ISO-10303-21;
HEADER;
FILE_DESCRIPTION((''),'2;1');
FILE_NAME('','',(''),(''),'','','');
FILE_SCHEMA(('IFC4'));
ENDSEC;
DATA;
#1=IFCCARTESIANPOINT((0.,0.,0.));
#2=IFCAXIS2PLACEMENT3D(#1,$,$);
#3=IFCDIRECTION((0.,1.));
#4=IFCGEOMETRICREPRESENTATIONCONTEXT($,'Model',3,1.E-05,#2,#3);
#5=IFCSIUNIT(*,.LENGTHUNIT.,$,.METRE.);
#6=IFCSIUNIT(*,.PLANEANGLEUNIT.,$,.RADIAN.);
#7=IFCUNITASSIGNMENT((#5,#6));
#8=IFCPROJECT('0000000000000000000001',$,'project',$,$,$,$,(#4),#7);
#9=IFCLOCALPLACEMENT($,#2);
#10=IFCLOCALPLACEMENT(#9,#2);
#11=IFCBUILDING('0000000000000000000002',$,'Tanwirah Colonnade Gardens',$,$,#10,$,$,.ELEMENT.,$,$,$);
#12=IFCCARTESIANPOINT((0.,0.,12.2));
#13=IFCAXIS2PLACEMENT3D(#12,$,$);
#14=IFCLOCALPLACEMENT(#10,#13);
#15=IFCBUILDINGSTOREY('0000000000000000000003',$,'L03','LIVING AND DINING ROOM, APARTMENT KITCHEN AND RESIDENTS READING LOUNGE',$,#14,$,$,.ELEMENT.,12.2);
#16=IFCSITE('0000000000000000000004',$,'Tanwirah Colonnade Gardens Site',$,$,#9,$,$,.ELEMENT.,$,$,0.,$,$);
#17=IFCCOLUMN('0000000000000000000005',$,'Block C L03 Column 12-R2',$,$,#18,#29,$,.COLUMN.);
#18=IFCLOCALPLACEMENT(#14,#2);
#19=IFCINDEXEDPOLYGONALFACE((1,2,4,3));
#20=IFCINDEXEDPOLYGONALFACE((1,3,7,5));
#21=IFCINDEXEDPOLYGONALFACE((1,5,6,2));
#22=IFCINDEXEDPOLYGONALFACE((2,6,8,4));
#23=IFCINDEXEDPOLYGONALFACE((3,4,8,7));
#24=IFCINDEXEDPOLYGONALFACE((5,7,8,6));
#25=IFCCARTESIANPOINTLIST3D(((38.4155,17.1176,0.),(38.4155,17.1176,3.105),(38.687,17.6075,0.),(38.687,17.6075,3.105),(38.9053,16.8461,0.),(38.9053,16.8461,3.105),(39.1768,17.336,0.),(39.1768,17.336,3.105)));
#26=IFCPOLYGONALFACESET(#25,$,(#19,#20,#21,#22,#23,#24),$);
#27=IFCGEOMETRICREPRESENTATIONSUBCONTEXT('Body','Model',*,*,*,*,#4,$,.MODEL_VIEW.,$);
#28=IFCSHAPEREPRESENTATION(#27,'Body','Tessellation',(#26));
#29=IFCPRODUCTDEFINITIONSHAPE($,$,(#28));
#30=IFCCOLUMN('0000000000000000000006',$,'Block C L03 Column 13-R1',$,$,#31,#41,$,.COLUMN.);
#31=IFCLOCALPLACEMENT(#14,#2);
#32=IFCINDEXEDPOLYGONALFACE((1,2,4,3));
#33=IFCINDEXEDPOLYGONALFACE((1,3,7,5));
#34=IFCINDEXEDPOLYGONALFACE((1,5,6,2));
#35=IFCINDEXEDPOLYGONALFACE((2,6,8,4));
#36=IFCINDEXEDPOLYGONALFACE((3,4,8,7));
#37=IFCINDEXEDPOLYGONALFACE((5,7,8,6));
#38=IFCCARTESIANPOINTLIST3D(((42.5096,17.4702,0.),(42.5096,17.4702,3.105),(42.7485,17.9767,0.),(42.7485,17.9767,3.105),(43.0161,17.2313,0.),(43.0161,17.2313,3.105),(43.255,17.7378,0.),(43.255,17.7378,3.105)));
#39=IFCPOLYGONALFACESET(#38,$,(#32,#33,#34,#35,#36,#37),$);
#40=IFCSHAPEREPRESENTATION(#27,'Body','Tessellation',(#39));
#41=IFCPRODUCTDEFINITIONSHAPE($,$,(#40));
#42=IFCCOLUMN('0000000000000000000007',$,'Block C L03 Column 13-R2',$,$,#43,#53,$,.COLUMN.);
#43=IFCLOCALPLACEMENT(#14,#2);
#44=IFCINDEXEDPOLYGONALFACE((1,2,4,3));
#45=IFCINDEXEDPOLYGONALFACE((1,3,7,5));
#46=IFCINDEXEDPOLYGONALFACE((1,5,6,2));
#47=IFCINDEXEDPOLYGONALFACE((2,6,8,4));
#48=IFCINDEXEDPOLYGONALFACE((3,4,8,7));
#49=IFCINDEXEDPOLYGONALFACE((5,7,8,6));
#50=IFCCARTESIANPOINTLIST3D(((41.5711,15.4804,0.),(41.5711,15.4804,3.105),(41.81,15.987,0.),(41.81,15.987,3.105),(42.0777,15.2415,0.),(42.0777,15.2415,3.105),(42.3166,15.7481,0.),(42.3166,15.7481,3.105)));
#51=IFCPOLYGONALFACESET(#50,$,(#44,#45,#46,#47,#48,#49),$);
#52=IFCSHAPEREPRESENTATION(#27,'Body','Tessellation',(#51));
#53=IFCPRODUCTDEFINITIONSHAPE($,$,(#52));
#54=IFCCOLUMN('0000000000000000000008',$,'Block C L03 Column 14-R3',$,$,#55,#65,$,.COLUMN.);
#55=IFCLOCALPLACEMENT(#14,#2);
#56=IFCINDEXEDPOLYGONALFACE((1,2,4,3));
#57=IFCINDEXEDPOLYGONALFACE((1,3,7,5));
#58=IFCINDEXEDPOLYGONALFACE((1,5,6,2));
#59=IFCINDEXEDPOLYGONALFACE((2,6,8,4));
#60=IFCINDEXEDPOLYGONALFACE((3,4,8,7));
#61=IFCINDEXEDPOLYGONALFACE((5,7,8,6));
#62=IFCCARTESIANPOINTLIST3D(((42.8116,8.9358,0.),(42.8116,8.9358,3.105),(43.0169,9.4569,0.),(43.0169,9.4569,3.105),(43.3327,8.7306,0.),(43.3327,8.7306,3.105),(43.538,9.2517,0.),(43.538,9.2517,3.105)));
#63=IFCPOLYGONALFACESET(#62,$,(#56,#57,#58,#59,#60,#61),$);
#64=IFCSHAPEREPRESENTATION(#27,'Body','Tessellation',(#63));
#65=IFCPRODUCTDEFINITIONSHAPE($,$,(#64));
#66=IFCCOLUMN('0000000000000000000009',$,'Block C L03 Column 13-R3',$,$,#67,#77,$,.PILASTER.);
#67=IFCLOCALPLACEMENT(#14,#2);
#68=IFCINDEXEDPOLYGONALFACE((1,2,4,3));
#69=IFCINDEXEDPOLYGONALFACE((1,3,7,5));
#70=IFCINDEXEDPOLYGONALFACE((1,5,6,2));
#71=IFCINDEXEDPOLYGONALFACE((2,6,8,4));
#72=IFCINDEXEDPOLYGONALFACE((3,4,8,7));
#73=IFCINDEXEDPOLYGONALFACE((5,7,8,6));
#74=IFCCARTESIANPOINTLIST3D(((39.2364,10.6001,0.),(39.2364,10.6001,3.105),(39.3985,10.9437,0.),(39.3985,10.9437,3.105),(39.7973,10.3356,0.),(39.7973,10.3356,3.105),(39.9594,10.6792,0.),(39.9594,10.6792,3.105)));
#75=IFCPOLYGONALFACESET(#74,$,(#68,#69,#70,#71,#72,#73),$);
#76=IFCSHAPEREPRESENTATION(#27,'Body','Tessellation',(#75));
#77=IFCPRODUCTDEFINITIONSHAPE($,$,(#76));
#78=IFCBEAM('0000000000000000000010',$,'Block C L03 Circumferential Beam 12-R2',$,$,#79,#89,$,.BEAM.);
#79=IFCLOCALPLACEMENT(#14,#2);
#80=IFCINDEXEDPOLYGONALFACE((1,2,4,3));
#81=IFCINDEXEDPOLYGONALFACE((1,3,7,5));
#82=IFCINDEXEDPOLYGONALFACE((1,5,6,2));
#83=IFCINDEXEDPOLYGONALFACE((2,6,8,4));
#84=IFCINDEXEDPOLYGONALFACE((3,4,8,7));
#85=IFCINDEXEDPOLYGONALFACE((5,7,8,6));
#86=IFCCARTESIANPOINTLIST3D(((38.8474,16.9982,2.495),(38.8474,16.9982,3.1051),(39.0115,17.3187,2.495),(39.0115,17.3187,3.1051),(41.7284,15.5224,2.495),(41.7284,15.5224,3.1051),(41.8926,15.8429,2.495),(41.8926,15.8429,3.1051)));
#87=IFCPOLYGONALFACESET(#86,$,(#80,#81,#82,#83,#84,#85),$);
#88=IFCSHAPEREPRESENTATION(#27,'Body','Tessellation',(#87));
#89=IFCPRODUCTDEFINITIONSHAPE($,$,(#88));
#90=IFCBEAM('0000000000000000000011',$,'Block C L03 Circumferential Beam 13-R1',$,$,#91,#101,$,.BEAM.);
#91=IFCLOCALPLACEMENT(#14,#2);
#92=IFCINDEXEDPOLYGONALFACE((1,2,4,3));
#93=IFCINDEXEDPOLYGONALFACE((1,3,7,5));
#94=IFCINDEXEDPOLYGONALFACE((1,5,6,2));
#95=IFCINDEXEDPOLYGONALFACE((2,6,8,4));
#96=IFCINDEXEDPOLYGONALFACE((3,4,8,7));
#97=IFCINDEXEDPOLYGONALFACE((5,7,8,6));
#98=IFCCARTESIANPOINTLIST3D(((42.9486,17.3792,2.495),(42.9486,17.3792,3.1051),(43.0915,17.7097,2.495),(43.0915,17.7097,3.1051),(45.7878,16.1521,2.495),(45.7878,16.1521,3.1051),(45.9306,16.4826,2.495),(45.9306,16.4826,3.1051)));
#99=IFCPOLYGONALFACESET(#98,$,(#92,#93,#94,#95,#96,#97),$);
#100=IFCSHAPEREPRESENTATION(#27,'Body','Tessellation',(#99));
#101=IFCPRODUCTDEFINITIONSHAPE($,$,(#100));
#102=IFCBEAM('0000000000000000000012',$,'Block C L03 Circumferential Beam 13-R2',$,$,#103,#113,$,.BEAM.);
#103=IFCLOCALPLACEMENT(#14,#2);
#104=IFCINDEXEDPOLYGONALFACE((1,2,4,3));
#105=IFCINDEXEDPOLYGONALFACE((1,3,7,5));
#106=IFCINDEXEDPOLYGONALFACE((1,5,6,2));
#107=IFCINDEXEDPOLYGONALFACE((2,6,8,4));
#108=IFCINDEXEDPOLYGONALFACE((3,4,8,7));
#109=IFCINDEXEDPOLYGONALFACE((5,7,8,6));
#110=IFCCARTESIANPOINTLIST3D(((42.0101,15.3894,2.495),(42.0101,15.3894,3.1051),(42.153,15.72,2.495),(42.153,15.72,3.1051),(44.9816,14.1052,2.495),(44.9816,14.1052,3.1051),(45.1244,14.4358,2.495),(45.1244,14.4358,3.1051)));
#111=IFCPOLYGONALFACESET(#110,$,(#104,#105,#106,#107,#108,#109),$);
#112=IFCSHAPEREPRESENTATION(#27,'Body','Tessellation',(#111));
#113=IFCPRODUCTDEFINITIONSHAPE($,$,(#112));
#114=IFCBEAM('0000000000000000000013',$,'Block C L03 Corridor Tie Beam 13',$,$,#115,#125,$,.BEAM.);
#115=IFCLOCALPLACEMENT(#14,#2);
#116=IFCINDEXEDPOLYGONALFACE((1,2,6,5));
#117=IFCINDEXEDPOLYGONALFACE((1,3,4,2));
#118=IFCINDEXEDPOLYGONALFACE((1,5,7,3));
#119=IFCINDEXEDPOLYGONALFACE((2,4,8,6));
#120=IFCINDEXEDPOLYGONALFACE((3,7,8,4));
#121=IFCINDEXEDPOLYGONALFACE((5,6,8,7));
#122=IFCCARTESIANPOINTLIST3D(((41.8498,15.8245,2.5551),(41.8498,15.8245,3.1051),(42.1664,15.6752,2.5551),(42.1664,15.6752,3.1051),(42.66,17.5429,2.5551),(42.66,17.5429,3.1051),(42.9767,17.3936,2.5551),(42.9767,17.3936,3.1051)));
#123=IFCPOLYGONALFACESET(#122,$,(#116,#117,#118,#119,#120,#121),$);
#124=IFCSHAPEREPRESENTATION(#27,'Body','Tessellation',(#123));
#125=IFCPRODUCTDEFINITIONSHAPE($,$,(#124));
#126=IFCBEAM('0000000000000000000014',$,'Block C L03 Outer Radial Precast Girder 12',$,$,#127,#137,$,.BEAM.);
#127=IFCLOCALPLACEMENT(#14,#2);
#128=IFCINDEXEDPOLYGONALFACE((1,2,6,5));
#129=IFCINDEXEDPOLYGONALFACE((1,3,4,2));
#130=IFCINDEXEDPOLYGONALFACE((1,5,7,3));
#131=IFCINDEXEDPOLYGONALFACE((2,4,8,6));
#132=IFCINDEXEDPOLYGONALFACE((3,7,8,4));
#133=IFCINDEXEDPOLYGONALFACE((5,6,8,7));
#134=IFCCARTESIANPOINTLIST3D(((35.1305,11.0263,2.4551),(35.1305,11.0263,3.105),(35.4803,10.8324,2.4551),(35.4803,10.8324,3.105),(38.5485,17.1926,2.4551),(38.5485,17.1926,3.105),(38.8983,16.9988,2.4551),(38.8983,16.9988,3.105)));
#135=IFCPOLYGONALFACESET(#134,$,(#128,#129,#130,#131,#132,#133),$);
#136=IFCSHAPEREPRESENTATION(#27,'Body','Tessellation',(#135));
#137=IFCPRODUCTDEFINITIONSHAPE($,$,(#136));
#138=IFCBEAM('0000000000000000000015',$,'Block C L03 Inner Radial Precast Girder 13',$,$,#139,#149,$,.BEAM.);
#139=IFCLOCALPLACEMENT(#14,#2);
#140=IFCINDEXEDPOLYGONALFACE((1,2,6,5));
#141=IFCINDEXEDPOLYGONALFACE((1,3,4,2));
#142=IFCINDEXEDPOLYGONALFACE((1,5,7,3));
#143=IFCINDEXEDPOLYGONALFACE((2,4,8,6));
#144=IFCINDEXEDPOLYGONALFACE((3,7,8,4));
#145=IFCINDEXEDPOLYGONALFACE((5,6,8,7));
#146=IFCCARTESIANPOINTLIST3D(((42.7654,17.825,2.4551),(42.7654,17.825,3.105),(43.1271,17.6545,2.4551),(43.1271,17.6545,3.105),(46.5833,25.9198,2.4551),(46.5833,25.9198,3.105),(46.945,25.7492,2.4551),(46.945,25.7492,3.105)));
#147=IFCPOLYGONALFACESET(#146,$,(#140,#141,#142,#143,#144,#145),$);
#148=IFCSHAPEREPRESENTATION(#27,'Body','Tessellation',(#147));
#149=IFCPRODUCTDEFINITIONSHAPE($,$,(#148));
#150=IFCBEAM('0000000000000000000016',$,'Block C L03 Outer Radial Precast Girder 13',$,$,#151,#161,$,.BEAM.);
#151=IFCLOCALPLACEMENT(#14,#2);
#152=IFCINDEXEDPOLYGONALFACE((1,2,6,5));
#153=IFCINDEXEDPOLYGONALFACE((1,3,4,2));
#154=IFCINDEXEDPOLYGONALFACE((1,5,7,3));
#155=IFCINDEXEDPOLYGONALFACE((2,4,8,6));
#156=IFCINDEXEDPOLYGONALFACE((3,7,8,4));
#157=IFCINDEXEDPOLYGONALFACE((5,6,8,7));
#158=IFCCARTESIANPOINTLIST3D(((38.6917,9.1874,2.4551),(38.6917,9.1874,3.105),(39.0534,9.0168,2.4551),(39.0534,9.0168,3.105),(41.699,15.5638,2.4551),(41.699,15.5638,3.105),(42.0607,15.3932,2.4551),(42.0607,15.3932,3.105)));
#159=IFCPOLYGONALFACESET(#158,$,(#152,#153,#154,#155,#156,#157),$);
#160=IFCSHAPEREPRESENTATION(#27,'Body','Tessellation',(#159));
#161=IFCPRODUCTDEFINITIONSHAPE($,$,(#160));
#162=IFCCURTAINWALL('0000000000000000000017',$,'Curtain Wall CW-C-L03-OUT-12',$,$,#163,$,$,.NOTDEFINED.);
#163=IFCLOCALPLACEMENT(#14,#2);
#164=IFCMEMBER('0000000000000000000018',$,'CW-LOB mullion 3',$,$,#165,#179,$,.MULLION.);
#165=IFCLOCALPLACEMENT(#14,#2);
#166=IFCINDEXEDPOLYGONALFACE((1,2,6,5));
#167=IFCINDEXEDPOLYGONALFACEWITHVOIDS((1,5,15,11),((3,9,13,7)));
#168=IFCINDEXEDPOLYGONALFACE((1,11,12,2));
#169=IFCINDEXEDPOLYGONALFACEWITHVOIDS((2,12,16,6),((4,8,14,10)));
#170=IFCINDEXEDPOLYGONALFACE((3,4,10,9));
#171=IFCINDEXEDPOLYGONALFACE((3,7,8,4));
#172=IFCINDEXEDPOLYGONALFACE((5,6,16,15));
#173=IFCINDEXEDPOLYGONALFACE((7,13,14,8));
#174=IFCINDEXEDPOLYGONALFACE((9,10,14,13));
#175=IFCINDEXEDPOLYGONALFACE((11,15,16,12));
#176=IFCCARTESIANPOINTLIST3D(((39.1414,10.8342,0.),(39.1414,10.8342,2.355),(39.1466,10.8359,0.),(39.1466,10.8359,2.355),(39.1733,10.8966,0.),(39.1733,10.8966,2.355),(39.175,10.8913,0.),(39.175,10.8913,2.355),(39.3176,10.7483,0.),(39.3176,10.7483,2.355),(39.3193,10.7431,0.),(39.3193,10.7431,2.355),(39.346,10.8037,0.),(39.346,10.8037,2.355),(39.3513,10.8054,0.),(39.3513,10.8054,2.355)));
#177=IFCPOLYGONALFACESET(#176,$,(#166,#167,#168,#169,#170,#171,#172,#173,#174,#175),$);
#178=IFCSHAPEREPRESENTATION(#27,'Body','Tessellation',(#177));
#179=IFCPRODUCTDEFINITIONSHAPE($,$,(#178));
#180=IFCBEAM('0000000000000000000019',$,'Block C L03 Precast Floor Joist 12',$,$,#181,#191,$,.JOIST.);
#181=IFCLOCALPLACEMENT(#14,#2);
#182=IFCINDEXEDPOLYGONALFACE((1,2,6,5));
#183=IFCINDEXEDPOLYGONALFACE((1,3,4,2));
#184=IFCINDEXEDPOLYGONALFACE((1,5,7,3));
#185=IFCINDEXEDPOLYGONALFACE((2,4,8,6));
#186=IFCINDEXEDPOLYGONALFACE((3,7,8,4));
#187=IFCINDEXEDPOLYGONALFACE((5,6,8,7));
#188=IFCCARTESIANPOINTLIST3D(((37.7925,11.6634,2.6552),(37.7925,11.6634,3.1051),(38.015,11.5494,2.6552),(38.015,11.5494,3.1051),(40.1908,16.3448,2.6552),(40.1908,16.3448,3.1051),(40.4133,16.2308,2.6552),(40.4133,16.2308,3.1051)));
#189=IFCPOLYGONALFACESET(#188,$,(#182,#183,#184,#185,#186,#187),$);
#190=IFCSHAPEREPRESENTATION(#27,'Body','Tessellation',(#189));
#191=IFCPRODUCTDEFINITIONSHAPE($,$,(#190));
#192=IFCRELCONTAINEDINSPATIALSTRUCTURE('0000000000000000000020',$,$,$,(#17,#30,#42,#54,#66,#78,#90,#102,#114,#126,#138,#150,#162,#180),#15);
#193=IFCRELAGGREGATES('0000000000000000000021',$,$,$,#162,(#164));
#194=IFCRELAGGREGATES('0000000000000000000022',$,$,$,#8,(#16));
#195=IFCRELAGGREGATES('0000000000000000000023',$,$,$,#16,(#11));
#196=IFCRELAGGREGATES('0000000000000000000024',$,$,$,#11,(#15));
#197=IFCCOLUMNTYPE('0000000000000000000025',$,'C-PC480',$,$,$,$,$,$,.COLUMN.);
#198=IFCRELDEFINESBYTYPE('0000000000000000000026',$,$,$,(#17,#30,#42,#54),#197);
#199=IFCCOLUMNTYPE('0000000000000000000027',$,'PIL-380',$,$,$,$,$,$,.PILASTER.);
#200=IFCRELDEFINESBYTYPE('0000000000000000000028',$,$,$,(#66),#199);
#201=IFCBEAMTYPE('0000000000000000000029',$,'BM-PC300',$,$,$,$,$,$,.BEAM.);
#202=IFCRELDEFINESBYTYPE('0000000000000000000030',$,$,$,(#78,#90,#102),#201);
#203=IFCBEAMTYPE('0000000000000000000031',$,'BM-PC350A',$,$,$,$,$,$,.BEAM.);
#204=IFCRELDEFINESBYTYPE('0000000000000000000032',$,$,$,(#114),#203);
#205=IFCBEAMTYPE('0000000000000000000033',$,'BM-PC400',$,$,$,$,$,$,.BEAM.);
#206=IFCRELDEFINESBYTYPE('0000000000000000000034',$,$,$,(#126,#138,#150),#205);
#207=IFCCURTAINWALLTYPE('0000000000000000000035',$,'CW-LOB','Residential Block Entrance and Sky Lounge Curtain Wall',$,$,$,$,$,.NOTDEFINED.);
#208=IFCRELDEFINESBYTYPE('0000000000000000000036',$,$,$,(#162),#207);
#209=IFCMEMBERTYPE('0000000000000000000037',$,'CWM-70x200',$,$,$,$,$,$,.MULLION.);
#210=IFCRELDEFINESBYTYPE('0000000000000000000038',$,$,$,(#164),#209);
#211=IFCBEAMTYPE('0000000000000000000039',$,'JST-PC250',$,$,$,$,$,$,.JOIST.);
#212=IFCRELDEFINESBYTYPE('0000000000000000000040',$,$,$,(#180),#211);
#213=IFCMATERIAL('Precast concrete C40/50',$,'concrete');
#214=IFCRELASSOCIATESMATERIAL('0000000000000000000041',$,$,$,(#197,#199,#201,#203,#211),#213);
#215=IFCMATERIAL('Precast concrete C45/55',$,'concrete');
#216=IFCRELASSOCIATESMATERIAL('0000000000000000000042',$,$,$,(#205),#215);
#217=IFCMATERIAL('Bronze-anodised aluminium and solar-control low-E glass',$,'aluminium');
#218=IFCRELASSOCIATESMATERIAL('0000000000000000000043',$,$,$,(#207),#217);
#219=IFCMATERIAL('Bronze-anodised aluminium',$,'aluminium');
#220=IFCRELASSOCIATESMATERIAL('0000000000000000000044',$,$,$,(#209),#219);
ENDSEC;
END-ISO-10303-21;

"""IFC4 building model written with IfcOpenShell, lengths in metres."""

from ifc_helpers import new_model, si_unit, direction, frame, origin, origin_2d, place, context, subcontext, project, spatial, rectangle, hollow_rectangle, extrude, material, material_profile, profile_set, type_object, element, aggregate, save


model = new_model("IFC4")

# Units and contexts
model_context = context("Model", 3, precision=1e-05, world=origin(), true_north=direction((0.0, 1.0)))
body_context = subcontext(model_context, "Body", "Model", "MODEL_VIEW")
ifc_project = project(units=[si_unit("LENGTHUNIT", "METRE"), si_unit("PLANEANGLEUNIT", "RADIAN")], contexts=[model_context])

# Site, building, storey
site_placement = place(None, origin())
site = spatial("IfcSite", under=ifc_project, at=site_placement, Name="Tanwirah Colonnade Gardens Site", CompositionType="ELEMENT", RefElevation=0.0)
building_placement = place(site_placement, origin())
building = spatial("IfcBuilding", under=site, at=building_placement, Name="Tanwirah Colonnade Gardens", CompositionType="ELEMENT")
storey_placement = place(building_placement, frame((0.0, 0.0, 12.2)))
storey = spatial("IfcBuildingStorey", under=building, at=storey_placement, Name="L03", Description="LIVING AND DINING ROOM, APARTMENT KITCHEN AND RESIDENTS READING LOUNGE", CompositionType="ELEMENT", Elevation=12.2)

# Columns
ifc_material_1 = material(Name="Precast concrete C40/50", Category="concrete")
ifc_material_profile_1 = material_profile(ifc_material_1, rectangle(XDim=0.5601, YDim=0.5601, at=origin_2d()), Name="PC-COL 560x560")
ifc_profile_set_1 = profile_set([ifc_material_profile_1], Name="Precast concrete C40/50")
column_type_1 = type_object("IfcColumnType", Name="C-PC480", PredefinedType="COLUMN", material=ifc_profile_set_1)
for number, where, z_axis, x_axis, name in (
    (1, (38.7961, 17.2268, 0.0), (0.0, 0.0, 1.0), (-0.48481, -0.87462, 0.0), "Block C L03 Column 12-R2"),
    (2, (42.8823, 17.604, 0.0), (0.0, 0.0, 1.0), (-0.426569, -0.904455, 0.0), "Block C L03 Column 13-R1"),
    (3, (41.9438, 15.6143, 0.0), (0.0, 0.0, 1.0), (-0.426569, -0.904455, 0.0), "Block C L03 Column 13-R2"),
    (4, (43.1748, 9.0938, 0.0), (0.0, 0.0, 1.0), (-0.366501, -0.930418, 0.0), "Block C L03 Column 14-R3"),
):
    element("IfcColumn", number, at=place(storey_placement, frame(where, z_axis=z_axis, x_axis=x_axis)), inside=storey, type_object=column_type_1, Name=name, PredefinedType="COLUMN", context=body_context, shape_type="SweptSolid", body=[
        extrude(rectangle(XDim=0.5601, YDim=0.5601, at=origin_2d()), origin(), (0.0, 0.0, 1.0), 3.105),
    ])
ifc_material_profile_2 = material_profile(ifc_material_1, rectangle(XDim=0.3799, YDim=0.6201, at=origin_2d()), Name="PC-PIL 380x620")
ifc_profile_set_2 = profile_set([ifc_material_profile_2], Name="Precast concrete C40/50")
column_type_2 = type_object("IfcColumnType", Name="PIL-380", PredefinedType="PILASTER", material=ifc_profile_set_2)
column_placement = place(storey_placement, frame((39.5979, 10.6396, 0.0), z_axis=(0.0, 0.0, 1.0), x_axis=(-0.426569, -0.904455, 0.0)))
element("IfcColumn", 5, at=column_placement, inside=storey, type_object=column_type_2, Name="Block C L03 Column 13-R3", PredefinedType="PILASTER", context=body_context, shape_type="SweptSolid", body=[
    extrude(rectangle(XDim=0.3799, YDim=0.6201, at=origin_2d()), origin(), (0.0, 0.0, 1.0), 3.105),
])

# Beams
ifc_material_profile_3 = material_profile(ifc_material_1, rectangle(XDim=0.3601, YDim=0.6101, at=origin_2d()), Name="PC-BM 360x610")
ifc_profile_set_3 = profile_set([ifc_material_profile_3], Name="Precast concrete C40/50")
beam_type_1 = type_object("IfcBeamType", Name="BM-PC300", PredefinedType="BEAM", material=ifc_profile_set_3)
beam_1_placement = place(storey_placement, frame((38.9294, 17.1584, 2.8), z_axis=(0.890025, -0.455911, 0.0), x_axis=(0.455911, 0.890025, 0.0)))
element("IfcBeam", 6, at=beam_1_placement, inside=storey, type_object=beam_type_1, Name="Block C L03 Circumferential Beam 12-R2", PredefinedType="BEAM", context=body_context, shape_type="SweptSolid", body=[
    extrude(rectangle(XDim=0.3601, YDim=0.6101, at=origin_2d()), origin(), (0.0, 0.0, 1.0), 3.2371),
])
beam_2_placement = place(storey_placement, frame((43.02, 17.5444, 2.8), z_axis=(0.917936, -0.396728, 0.0), x_axis=(0.396728, 0.917936, 0.0)))
element("IfcBeam", 7, at=beam_2_placement, inside=storey, type_object=beam_type_1, Name="Block C L03 Circumferential Beam 13-R1", PredefinedType="BEAM", context=body_context, shape_type="SweptSolid", body=[
    extrude(rectangle(XDim=0.3601, YDim=0.6101, at=origin_2d()), origin(), (0.0, 0.0, 1.0), 3.093),
])
beam_3_placement = place(storey_placement, frame((42.0815, 15.5547, 2.8), z_axis=(0.917943, -0.396712, 0.0), x_axis=(0.396712, 0.917943, 0.0)))
element("IfcBeam", 8, at=beam_3_placement, inside=storey, type_object=beam_type_1, Name="Block C L03 Circumferential Beam 13-R2", PredefinedType="BEAM", context=body_context, shape_type="SweptSolid", body=[
    extrude(rectangle(XDim=0.3601, YDim=0.6101, at=origin_2d()), origin(), (0.0, 0.0, 1.0), 3.2371),
])
ifc_material_profile_4 = material_profile(ifc_material_1, rectangle(XDim=0.3501, YDim=0.55, at=origin_2d()), Name="PC-BM 350x550")
ifc_profile_set_4 = profile_set([ifc_material_profile_4], Name="Precast concrete C40/50")
beam_type_2 = type_object("IfcBeamType", Name="BM-PC350A", PredefinedType="BEAM", material=ifc_profile_set_4)
beam_4_placement = place(storey_placement, frame((42.8184, 17.4683, 2.8301), z_axis=(-0.426484, -0.904495, 0.0), x_axis=(0.904495, -0.426484, 0.0)))
element("IfcBeam", 9, at=beam_4_placement, inside=storey, type_object=beam_type_2, Name="Block C L03 Corridor Tie Beam 13", PredefinedType="BEAM", context=body_context, shape_type="SweptSolid", body=[
    extrude(rectangle(XDim=0.3501, YDim=0.55, at=origin_2d()), origin(), (0.0, 0.0, 1.0), 1.8999),
])
ifc_material_2 = material(Name="Precast concrete C45/55", Category="concrete")
ifc_material_profile_5 = material_profile(ifc_material_2, rectangle(XDim=0.3999, YDim=0.6499, at=origin_2d()), Name="PC-BM 400x650")
ifc_profile_set_5 = profile_set([ifc_material_profile_5], Name="Precast concrete C45/55")
beam_type_3 = type_object("IfcBeamType", Name="BM-PC400", PredefinedType="BEAM", material=ifc_profile_set_5)
beam_5_placement = place(storey_placement, frame((38.7234, 17.0957, 2.78), z_axis=(-0.484805, -0.874622, 0.0), x_axis=(0.874622, -0.484805, 0.0)))
element("IfcBeam", 10, at=beam_5_placement, inside=storey, type_object=beam_type_3, Name="Block C L03 Outer Radial Precast Girder 12", PredefinedType="BEAM", context=body_context, shape_type="SweptSolid", body=[
    extrude(rectangle(XDim=0.3999, YDim=0.6499, at=origin_2d()), origin(), (0.0, 0.0, 1.0), 7.0503),
])
beam_6_placement = place(storey_placement, frame((42.9463, 17.7397, 2.78), z_axis=(0.426582, 0.904449, 0.0), x_axis=(-0.904449, 0.426582, 0.0)))
element("IfcBeam", 11, at=beam_6_placement, inside=storey, type_object=beam_type_3, Name="Block C L03 Inner Radial Precast Girder 13", PredefinedType="BEAM", context=body_context, shape_type="SweptSolid", body=[
    extrude(rectangle(XDim=0.3999, YDim=0.6499, at=origin_2d()), origin(), (0.0, 0.0, 1.0), 8.95),
])
beam_7_placement = place(storey_placement, frame((41.8799, 15.4785, 2.78), z_axis=(-0.426567, -0.904456, 0.0), x_axis=(0.904456, -0.426567, 0.0)))
element("IfcBeam", 12, at=beam_7_placement, inside=storey, type_object=beam_type_3, Name="Block C L03 Outer Radial Precast Girder 13", PredefinedType="BEAM", context=body_context, shape_type="SweptSolid", body=[
    extrude(rectangle(XDim=0.3999, YDim=0.6499, at=origin_2d()), origin(), (0.0, 0.0, 1.0), 7.05),
])

# Curtain wall, member
ifc_material_3 = material(Name="Bronze-anodised aluminium and solar-control low-E glass", Category="aluminium")
curtain_wall_type = type_object("IfcCurtainWallType", Name="CW-LOB", Description="Residential Block Entrance and Sky Lounge Curtain Wall", PredefinedType="NOTDEFINED", material=ifc_material_3)
curtain_wall_placement = place(storey_placement, origin())
curtain_wall = element("IfcCurtainWall", 13, at=curtain_wall_placement, inside=storey, type_object=curtain_wall_type, Name="Curtain Wall CW-C-L03-OUT-12", PredefinedType="NOTDEFINED")
ifc_material_4 = material(Name="Bronze-anodised aluminium", Category="aluminium")
ifc_material_profile_6 = material_profile(ifc_material_4, hollow_rectangle(XDim=0.0701, YDim=0.2, WallThickness=0.0039, at=origin_2d()), Name="CW-MUL 70x200x4")
ifc_profile_set_6 = profile_set([ifc_material_profile_6], Name="Bronze-anodised aluminium")
member_type = type_object("IfcMemberType", Name="CWM-70x200", PredefinedType="MULLION", material=ifc_profile_set_6)
member_placement = place(storey_placement, frame((39.2463, 10.8198, 0.0), z_axis=(0.0, 0.0, 1.0), x_axis=(0.455933, 0.890014, 0.0)))
member = element("IfcMember", 14, at=member_placement, type_object=member_type, Name="CW-LOB mullion 3", PredefinedType="MULLION", context=body_context, shape_type="SweptSolid", body=[
    extrude(hollow_rectangle(XDim=0.0701, YDim=0.2, WallThickness=0.0039, at=origin_2d()), origin(), (0.0, 0.0, 1.0), 2.355),
])

# Beam
ifc_material_profile_7 = material_profile(ifc_material_1, rectangle(XDim=0.25, YDim=0.45, at=origin_2d()), Name="PC-JST 250x450")
ifc_profile_set_7 = profile_set([ifc_material_profile_7], Name="Precast concrete C40/50")
beam_type_4 = type_object("IfcBeamType", Name="JST-PC250", PredefinedType="JOIST", material=ifc_profile_set_7)
beam_8_placement = place(storey_placement, frame((40.302, 16.2878, 2.8801), z_axis=(-0.455937, -0.890012, 0.0), x_axis=(0.890012, -0.455937, 0.0)))
element("IfcBeam", 15, at=beam_8_placement, inside=storey, type_object=beam_type_4, Name="Block C L03 Precast Floor Joist 12", PredefinedType="JOIST", context=body_context, shape_type="SweptSolid", body=[
    extrude(rectangle(XDim=0.25, YDim=0.45, at=origin_2d()), origin(), (0.0, 0.0, 1.0), 5.26),
])

aggregate(curtain_wall, [member])

save(model, "model.ifc")
